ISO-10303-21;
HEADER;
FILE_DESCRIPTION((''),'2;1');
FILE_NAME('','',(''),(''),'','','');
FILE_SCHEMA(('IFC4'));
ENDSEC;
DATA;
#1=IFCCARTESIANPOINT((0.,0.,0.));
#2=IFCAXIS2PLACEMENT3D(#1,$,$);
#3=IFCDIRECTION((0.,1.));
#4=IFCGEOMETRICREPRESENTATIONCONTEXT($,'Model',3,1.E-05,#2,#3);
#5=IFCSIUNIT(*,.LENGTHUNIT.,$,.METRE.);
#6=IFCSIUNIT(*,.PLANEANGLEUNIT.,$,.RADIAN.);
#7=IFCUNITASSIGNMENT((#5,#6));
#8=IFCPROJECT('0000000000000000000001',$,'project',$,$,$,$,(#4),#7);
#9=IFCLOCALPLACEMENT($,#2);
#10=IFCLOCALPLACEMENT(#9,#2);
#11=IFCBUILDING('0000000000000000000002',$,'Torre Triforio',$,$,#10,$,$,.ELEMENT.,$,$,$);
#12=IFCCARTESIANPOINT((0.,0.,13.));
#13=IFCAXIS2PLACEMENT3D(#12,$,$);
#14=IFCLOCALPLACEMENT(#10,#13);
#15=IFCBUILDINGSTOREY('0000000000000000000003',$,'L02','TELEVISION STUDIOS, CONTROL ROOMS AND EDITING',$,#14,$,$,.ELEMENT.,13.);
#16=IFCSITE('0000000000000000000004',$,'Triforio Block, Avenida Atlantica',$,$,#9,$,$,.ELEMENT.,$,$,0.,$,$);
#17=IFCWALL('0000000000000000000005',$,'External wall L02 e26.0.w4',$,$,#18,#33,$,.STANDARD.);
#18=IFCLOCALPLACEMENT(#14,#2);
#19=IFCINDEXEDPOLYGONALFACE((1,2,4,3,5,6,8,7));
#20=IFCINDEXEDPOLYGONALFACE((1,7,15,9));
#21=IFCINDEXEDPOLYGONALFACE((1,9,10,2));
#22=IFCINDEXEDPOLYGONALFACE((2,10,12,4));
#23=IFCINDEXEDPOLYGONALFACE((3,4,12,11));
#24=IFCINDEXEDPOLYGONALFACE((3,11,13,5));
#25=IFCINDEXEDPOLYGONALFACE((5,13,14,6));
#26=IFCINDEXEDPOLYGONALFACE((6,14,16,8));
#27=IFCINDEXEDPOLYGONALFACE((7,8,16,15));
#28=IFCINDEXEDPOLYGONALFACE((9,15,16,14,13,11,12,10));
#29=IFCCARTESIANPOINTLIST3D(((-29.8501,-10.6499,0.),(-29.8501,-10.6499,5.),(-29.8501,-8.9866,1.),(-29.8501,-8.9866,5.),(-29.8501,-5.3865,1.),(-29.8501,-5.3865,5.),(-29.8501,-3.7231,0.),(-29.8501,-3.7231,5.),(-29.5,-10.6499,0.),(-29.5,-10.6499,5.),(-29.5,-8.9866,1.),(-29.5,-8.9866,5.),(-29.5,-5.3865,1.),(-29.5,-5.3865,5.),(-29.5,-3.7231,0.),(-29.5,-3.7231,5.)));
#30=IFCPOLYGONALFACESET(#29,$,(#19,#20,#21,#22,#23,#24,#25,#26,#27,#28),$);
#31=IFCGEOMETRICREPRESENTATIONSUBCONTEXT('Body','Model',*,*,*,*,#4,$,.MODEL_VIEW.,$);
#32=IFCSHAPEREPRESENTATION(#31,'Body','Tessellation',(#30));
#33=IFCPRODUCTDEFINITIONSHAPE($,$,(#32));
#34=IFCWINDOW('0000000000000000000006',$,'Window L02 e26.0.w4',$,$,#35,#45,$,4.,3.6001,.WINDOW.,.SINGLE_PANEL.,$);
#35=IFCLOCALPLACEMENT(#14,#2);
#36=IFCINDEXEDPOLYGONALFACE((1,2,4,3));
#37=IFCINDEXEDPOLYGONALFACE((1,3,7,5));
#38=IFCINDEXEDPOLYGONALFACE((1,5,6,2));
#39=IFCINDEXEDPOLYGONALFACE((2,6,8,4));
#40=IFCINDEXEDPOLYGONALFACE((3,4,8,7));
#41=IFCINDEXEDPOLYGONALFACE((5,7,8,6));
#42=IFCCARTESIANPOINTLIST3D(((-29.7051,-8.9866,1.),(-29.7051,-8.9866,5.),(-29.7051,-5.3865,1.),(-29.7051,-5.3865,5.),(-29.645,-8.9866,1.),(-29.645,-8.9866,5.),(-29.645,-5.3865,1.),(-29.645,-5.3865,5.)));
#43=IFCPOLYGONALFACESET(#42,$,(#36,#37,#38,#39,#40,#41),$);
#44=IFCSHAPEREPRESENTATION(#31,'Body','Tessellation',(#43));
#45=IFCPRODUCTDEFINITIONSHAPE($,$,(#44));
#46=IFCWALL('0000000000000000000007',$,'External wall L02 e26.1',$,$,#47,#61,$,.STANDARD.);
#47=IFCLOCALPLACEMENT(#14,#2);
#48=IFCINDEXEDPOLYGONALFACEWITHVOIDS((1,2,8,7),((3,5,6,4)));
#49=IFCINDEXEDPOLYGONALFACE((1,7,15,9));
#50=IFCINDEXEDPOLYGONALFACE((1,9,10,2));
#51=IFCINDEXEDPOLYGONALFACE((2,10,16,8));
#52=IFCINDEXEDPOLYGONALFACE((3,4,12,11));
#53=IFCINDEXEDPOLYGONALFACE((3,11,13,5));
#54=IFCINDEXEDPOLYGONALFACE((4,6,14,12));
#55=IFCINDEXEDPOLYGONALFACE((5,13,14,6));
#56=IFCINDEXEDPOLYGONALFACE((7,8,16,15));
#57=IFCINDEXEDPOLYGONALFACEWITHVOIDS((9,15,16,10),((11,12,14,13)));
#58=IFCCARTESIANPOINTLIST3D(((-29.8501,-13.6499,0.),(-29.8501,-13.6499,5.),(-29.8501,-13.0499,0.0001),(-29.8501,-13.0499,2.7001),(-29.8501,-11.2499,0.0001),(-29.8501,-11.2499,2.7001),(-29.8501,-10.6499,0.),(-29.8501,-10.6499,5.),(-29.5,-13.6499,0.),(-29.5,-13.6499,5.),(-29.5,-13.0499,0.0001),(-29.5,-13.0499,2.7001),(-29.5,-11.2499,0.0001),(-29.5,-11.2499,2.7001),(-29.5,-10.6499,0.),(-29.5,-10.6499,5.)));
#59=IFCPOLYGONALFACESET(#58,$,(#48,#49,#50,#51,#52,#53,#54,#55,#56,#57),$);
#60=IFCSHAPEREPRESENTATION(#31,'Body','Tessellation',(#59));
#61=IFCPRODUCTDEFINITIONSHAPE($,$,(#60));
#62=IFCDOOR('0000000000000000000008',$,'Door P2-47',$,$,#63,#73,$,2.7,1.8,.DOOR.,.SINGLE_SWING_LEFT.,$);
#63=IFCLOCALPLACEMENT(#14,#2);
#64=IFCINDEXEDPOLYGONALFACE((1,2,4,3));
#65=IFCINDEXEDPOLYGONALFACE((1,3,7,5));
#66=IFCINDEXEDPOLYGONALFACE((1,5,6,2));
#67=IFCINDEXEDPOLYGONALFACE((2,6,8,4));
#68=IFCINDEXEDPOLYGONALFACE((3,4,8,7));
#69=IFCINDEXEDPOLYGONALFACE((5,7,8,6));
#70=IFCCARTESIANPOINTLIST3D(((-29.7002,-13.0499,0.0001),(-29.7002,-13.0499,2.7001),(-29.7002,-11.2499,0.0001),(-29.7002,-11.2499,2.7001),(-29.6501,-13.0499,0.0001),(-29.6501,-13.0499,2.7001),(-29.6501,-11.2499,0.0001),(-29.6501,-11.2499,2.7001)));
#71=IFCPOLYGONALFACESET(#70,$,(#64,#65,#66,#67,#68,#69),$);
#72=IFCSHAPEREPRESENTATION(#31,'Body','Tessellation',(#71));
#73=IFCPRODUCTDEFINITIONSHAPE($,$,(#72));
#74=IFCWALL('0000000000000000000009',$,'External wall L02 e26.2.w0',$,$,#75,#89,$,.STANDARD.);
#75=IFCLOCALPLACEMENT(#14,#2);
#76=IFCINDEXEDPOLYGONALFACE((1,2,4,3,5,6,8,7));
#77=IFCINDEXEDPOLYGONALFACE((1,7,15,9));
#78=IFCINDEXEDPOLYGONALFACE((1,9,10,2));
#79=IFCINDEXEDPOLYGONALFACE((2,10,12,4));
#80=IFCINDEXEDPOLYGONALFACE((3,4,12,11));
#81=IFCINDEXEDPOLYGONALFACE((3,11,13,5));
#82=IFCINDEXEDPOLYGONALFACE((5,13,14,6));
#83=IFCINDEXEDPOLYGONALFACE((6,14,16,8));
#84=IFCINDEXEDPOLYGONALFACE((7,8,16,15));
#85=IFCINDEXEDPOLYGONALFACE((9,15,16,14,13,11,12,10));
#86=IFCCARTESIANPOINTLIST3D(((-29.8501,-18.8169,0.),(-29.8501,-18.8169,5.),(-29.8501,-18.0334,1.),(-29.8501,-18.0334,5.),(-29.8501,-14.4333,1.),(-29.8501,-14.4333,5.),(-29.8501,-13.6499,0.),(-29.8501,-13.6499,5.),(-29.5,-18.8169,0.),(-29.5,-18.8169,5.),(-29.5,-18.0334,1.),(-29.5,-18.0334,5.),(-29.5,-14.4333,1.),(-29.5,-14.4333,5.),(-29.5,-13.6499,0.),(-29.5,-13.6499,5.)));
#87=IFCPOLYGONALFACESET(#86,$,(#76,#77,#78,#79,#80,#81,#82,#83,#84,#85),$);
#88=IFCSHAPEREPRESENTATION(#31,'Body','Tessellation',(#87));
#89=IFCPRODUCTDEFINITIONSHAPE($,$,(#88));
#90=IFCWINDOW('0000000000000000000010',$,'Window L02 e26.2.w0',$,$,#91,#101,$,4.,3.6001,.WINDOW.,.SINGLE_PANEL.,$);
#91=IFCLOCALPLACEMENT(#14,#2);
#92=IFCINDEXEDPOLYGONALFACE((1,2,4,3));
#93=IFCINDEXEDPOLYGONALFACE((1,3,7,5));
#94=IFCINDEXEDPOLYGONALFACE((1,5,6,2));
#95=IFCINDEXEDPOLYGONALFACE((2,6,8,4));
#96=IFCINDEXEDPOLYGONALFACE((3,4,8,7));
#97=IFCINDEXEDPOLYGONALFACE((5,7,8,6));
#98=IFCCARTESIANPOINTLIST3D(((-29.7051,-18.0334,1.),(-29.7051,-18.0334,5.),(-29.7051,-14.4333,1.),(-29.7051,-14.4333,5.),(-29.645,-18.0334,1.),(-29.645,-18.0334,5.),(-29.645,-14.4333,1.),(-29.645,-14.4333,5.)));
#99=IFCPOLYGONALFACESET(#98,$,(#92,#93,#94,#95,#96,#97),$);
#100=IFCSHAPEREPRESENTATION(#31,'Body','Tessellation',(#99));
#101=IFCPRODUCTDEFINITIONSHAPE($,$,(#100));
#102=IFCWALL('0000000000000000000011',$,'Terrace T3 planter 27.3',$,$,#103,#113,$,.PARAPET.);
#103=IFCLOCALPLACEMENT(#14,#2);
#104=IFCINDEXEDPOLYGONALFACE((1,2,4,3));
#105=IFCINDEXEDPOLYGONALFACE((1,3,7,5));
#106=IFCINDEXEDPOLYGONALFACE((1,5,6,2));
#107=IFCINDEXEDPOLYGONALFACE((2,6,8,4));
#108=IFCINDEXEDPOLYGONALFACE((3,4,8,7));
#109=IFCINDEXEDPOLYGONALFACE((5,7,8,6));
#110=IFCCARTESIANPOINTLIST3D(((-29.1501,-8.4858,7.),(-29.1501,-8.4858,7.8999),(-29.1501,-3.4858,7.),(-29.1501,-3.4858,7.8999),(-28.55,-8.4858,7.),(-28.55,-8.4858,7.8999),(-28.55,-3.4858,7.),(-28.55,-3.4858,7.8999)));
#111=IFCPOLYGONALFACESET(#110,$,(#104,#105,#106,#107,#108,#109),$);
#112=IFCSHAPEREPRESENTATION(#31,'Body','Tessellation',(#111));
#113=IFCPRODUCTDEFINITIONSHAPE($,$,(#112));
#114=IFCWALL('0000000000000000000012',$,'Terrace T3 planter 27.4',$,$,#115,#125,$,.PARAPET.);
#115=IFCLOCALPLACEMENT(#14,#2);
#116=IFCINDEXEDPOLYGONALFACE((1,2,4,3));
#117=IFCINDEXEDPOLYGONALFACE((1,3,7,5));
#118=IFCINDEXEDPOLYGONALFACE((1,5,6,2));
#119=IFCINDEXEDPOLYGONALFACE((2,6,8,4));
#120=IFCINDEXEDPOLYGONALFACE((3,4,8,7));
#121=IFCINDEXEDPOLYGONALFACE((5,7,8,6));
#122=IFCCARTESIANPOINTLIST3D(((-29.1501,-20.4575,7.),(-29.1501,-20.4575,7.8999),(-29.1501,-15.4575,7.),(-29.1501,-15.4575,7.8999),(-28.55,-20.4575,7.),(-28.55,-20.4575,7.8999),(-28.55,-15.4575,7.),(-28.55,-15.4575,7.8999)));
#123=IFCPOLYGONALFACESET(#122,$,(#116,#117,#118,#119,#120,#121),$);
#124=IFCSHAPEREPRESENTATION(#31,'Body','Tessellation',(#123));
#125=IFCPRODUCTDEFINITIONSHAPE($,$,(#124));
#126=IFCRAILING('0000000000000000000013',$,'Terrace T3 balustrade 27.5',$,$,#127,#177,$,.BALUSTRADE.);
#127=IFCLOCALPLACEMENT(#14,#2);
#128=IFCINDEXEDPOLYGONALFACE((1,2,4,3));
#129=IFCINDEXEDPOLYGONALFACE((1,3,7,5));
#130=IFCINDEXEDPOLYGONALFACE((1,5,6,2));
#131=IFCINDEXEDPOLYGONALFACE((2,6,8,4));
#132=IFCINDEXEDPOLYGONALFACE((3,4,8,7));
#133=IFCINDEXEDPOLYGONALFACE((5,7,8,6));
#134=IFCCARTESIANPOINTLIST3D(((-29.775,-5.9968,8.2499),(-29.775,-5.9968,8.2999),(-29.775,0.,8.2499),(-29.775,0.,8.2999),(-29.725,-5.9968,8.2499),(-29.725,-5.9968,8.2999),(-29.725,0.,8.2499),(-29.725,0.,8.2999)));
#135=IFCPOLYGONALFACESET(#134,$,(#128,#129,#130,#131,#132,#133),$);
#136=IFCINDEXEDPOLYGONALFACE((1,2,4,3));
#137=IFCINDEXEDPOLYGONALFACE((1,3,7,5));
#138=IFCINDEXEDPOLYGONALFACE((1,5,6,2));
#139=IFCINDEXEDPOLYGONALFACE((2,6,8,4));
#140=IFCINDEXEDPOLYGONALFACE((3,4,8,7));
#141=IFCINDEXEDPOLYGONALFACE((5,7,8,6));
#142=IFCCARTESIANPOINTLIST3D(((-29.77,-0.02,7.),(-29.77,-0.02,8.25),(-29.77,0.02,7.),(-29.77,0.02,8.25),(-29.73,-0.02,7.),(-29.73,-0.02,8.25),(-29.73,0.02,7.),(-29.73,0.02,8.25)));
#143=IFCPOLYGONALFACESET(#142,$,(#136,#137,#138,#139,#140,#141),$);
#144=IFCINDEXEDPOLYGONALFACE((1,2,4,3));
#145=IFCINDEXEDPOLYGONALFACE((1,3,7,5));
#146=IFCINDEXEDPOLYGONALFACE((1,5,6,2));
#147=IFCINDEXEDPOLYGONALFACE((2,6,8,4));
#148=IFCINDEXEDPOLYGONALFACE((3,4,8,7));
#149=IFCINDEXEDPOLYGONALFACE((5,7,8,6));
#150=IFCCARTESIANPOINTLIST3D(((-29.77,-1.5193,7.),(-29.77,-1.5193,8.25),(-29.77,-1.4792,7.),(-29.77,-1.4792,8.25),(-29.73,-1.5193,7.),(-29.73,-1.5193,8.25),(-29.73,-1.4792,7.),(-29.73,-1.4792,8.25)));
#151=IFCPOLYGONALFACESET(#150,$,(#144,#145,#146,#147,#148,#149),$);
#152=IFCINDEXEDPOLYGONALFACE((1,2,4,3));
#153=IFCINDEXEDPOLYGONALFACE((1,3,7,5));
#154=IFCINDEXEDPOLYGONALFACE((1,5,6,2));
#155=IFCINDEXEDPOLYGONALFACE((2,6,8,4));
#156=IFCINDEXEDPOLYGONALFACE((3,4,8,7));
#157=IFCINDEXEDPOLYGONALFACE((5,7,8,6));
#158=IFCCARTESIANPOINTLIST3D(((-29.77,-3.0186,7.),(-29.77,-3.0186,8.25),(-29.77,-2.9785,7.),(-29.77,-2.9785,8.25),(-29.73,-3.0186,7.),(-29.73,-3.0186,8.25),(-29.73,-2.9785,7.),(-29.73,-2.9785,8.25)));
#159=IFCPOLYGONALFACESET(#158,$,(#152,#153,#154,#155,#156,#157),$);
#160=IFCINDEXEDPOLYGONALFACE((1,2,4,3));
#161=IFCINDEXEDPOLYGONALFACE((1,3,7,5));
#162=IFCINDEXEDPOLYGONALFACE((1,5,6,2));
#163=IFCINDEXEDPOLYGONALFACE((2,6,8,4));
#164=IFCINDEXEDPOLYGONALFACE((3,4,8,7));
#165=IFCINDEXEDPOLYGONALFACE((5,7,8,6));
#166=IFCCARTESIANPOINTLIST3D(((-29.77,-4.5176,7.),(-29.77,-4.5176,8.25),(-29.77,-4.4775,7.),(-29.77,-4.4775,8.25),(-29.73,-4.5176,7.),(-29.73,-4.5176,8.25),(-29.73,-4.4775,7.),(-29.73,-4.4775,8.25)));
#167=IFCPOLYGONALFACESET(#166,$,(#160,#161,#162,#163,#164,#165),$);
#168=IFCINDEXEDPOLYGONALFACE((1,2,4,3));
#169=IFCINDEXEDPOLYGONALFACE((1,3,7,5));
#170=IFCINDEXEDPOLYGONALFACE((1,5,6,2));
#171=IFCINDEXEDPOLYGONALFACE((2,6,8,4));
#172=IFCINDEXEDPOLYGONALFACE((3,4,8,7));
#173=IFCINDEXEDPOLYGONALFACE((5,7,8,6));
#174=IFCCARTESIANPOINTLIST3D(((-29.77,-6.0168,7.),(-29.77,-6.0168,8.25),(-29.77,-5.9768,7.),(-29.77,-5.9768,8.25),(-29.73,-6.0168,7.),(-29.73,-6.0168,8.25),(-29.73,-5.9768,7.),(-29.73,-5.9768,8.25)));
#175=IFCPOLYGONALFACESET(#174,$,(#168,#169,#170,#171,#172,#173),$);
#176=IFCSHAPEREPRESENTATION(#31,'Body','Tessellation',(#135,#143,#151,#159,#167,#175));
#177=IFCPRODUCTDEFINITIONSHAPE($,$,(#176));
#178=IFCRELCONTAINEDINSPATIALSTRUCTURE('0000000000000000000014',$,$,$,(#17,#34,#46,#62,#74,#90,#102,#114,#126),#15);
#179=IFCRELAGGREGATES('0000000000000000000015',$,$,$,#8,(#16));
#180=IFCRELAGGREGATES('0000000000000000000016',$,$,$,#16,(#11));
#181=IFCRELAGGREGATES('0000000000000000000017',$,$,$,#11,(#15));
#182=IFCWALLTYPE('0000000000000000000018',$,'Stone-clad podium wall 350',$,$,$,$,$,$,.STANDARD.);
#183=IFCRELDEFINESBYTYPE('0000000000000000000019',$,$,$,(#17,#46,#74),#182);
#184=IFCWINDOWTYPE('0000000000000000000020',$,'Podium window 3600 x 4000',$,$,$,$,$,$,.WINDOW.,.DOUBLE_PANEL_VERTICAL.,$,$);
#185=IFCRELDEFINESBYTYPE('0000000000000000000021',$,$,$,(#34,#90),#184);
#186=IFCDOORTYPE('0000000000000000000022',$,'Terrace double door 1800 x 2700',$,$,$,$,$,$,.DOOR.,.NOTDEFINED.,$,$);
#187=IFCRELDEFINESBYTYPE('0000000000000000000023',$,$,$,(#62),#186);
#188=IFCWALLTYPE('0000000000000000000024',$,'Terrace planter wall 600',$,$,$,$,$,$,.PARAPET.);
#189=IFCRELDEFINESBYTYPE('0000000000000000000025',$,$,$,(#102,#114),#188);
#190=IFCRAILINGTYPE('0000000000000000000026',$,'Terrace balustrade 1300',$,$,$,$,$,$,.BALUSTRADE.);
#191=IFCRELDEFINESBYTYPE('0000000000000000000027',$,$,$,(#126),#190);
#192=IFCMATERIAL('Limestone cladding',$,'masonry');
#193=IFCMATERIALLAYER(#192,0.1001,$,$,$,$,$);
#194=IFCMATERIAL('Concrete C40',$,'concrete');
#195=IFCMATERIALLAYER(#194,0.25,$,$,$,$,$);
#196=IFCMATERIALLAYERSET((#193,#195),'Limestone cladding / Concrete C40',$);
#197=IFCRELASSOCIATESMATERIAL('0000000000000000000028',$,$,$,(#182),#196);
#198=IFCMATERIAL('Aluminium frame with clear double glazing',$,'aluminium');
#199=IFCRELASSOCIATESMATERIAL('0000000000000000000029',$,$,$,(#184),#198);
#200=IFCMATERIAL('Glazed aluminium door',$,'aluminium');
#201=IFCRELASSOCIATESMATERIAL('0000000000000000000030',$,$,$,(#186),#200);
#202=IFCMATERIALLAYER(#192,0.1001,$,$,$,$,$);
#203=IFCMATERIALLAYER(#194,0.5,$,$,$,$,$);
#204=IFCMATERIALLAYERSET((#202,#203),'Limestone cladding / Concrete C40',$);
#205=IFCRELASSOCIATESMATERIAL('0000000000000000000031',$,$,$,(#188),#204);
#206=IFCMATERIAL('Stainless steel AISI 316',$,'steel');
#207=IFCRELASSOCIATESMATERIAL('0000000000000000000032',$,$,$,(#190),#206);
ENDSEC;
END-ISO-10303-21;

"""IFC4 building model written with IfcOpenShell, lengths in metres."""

from ifc_helpers import new_model, si_unit, direction, frame, frame_2d, origin, origin_2d, place, context, subcontext, project, spatial, rectangle, extrude, material, layer, layer_set, type_object, element, fill, save


model = new_model("IFC4")

# Units and contexts
model_context = context("Model", 3, precision=1e-05, world=origin(), true_north=direction((0.0, 1.0)))
body_context = subcontext(model_context, "Body", "Model", "MODEL_VIEW")
ifc_project = project(units=[si_unit("LENGTHUNIT", "METRE"), si_unit("PLANEANGLEUNIT", "RADIAN")], contexts=[model_context])

# Site, building, storey
site_placement = place(None, origin())
site = spatial("IfcSite", under=ifc_project, at=site_placement, Name="Triforio Block, Avenida Atlantica", CompositionType="ELEMENT", RefElevation=0.0)
building_placement = place(site_placement, origin())
building = spatial("IfcBuilding", under=site, at=building_placement, Name="Torre Triforio", CompositionType="ELEMENT")
storey_placement = place(building_placement, frame((0.0, 0.0, 13.0)))
storey = spatial("IfcBuildingStorey", under=building, at=storey_placement, Name="L02", Description="TELEVISION STUDIOS, CONTROL ROOMS AND EDITING", CompositionType="ELEMENT", Elevation=13.0)

# Wall, opening, window
ifc_material_1 = material(Name="Limestone cladding", Category="masonry")
ifc_layer_1 = layer(ifc_material_1, 0.1001)
ifc_material_2 = material(Name="Concrete C40", Category="concrete")
ifc_layer_2 = layer(ifc_material_2, 0.25)
ifc_layer_set_1 = layer_set([ifc_layer_1, ifc_layer_2], Name="Limestone cladding / Concrete C40")
wall_type_1 = type_object("IfcWallType", Name="Stone-clad podium wall 350", PredefinedType="STANDARD", material=ifc_layer_set_1)
wall_1_placement = place(storey_placement, frame((-29.675, -3.7231, 0.0), z_axis=(0.0, 0.0, 1.0), x_axis=(0.0, -1.0, 0.0)))
wall_1 = element("IfcWall", 1, at=wall_1_placement, inside=storey, type_object=wall_type_1, Name="External wall L02 e26.0.w4", PredefinedType="STANDARD", context=body_context, shape_type="SweptSolid", body=[
    extrude(rectangle(XDim=6.9268, YDim=0.3501, at=frame_2d((3.4634, 0.0))), origin(), (0.0, 0.0, 1.0), 5.0),
])
opening_1_placement = place(wall_1_placement, frame((1.6633, 0.0, 1.0)))
opening_1 = element("IfcOpeningElement", 2, at=opening_1_placement, cuts=wall_1, PredefinedType="OPENING", context=body_context, shape_type="SweptSolid", body=[
    extrude(rectangle(XDim=3.6001, YDim=4.0, at=frame_2d((1.8, 2.0))), frame((0.0, 0.1851, 0.0), z_axis=(0.0, -1.0, 0.0), x_axis=(1.0, 0.0, 0.0)), (0.0, 0.0, 1.0), 0.3701),
])
ifc_material_3 = material(Name="Aluminium frame with clear double glazing", Category="aluminium")
window_type = type_object("IfcWindowType", Name="Podium window 3600 x 4000", PartitioningType="DOUBLE_PANEL_VERTICAL", PredefinedType="WINDOW", material=ifc_material_3)
window_1_placement = place(opening_1_placement, origin())
window_1 = element("IfcWindow", 3, at=window_1_placement, inside=storey, type_object=window_type, Name="Window L02 e26.0.w4", OverallHeight=4.0, OverallWidth=3.6001, PartitioningType="SINGLE_PANEL", PredefinedType="WINDOW", context=body_context, shape_type="SweptSolid", body=[
    extrude(rectangle(XDim=3.6001, YDim=4.0, at=frame_2d((1.8, 2.0))), frame((0.0, 0.03, 0.0), z_axis=(0.0, -1.0, 0.0), x_axis=(1.0, 0.0, 0.0)), (0.0, 0.0, 1.0), 0.0601),
])
fill(opening_1, window_1)

# Wall, opening, door
wall_2_placement = place(storey_placement, frame((-29.675, -10.6499, 0.0), z_axis=(0.0, 0.0, 1.0), x_axis=(0.0, -1.0, 0.0)))
wall_2 = element("IfcWall", 4, at=wall_2_placement, inside=storey, type_object=wall_type_1, Name="External wall L02 e26.1", PredefinedType="STANDARD", context=body_context, shape_type="SweptSolid", body=[
    extrude(rectangle(XDim=3.0, YDim=0.3501, at=frame_2d((1.5, 0.0))), origin(), (0.0, 0.0, 1.0), 5.0),
])
opening_2_placement = place(wall_2_placement, frame((0.6001, 0.0, 0.0)))
opening_2 = element("IfcOpeningElement", 5, at=opening_2_placement, cuts=wall_2, PredefinedType="OPENING", context=body_context, shape_type="SweptSolid", body=[
    extrude(rectangle(XDim=1.8, YDim=2.7, at=frame_2d((0.8999, 1.3501))), frame((0.0, 0.1851, 0.0), z_axis=(0.0, -1.0, 0.0), x_axis=(1.0, 0.0, 0.0)), (0.0, 0.0, 1.0), 0.3701),
])
ifc_material_4 = material(Name="Glazed aluminium door", Category="aluminium")
door_type_1 = type_object("IfcDoorType", Name="Terrace double door 1800 x 2700", OperationType="NOTDEFINED", PredefinedType="DOOR", material=ifc_material_4)
door_1_placement = place(opening_2_placement, origin())
door_1 = element("IfcDoor", 6, at=door_1_placement, inside=storey, type_object=door_type_1, Name="Door P2-47", OperationType="SINGLE_SWING_LEFT", OverallHeight=2.7, OverallWidth=1.8, PredefinedType="DOOR", context=body_context, shape_type="SweptSolid", body=[
    extrude(rectangle(XDim=1.8, YDim=2.7, at=frame_2d((0.8999, 1.3501))), frame((0.0, 0.0249, 0.0), z_axis=(0.0, -1.0, 0.0), x_axis=(1.0, 0.0, 0.0)), (0.0, 0.0, 1.0), 0.05),
])
fill(opening_2, door_1)

# Wall, opening, window
wall_3_placement = place(storey_placement, frame((-29.675, -13.6499, 0.0), z_axis=(0.0, 0.0, 1.0), x_axis=(0.0, -1.0, 0.0)))
wall_3 = element("IfcWall", 7, at=wall_3_placement, inside=storey, type_object=wall_type_1, Name="External wall L02 e26.2.w0", PredefinedType="STANDARD", context=body_context, shape_type="SweptSolid", body=[
    extrude(rectangle(XDim=5.167, YDim=0.3501, at=frame_2d((2.5835, 0.0))), origin(), (0.0, 0.0, 1.0), 5.0),
])
opening_3_placement = place(wall_3_placement, frame((0.7834, 0.0, 1.0)))
opening_3 = element("IfcOpeningElement", 8, at=opening_3_placement, cuts=wall_3, PredefinedType="OPENING", context=body_context, shape_type="SweptSolid", body=[
    extrude(rectangle(XDim=3.6001, YDim=4.0, at=frame_2d((1.8, 2.0))), frame((0.0, 0.1851, 0.0), z_axis=(0.0, -1.0, 0.0), x_axis=(1.0, 0.0, 0.0)), (0.0, 0.0, 1.0), 0.3701),
])
window_2_placement = place(opening_3_placement, origin())
window_2 = element("IfcWindow", 9, at=window_2_placement, inside=storey, type_object=window_type, Name="Window L02 e26.2.w0", OverallHeight=4.0, OverallWidth=3.6001, PartitioningType="SINGLE_PANEL", PredefinedType="WINDOW", context=body_context, shape_type="SweptSolid", body=[
    extrude(rectangle(XDim=3.6001, YDim=4.0, at=frame_2d((1.8, 2.0))), frame((0.0, 0.03, 0.0), z_axis=(0.0, -1.0, 0.0), x_axis=(1.0, 0.0, 0.0)), (0.0, 0.0, 1.0), 0.0601),
])
fill(opening_3, window_2)

# Walls
ifc_layer_3 = layer(ifc_material_1, 0.1001)
ifc_layer_4 = layer(ifc_material_2, 0.5)
ifc_layer_set_2 = layer_set([ifc_layer_3, ifc_layer_4], Name="Limestone cladding / Concrete C40")
wall_type_2 = type_object("IfcWallType", Name="Terrace planter wall 600", PredefinedType="PARAPET", material=ifc_layer_set_2)
for number, where, z_axis, x_axis, name in (
    (10, (-28.8501, -3.4858, 7.0), (0.0, 0.0, 1.0), (0.0, -1.0, 0.0), "Terrace T3 planter 27.3"),
    (11, (-28.8501, -15.4575, 7.0), (0.0, 0.0, 1.0), (0.0, -1.0, 0.0), "Terrace T3 planter 27.4"),
):
    element("IfcWall", number, at=place(storey_placement, frame(where, z_axis=z_axis, x_axis=x_axis)), inside=storey, type_object=wall_type_2, Name=name, PredefinedType="PARAPET", context=body_context, shape_type="SweptSolid", body=[
        extrude(rectangle(XDim=5.0, YDim=0.6001, at=frame_2d((2.5, 0.0))), origin(), (0.0, 0.0, 1.0), 0.8999),
    ])

# Railing
ifc_material_5 = material(Name="Stainless steel AISI 316", Category="steel")
railing_type = type_object("IfcRailingType", Name="Terrace balustrade 1300", PredefinedType="BALUSTRADE", material=ifc_material_5)
railing_1_placement = place(storey_placement, frame((-29.75, 0.0, 7.0)))
element("IfcRailing", 12, at=railing_1_placement, inside=storey, type_object=railing_type, Name="Terrace T3 balustrade 27.5", PredefinedType="BALUSTRADE", context=body_context, shape_type="SweptSolid", body=[
    extrude(rectangle(XDim=0.05, YDim=0.05, at=origin_2d()), frame((0.0, 0.0, 1.2749), z_axis=(0.0, -1.0, 0.0), x_axis=(1.0, 0.0, 0.0)), (0.0, 0.0, 1.0), 5.9968),
    extrude(rectangle(XDim=0.04, YDim=0.04, at=origin_2d()), origin(), (0.0, 0.0, 1.0), 1.25),
    extrude(rectangle(XDim=0.04, YDim=0.04, at=origin_2d()), frame((0.0, -1.4993, 0.0)), (0.0, 0.0, 1.0), 1.25),
    extrude(rectangle(XDim=0.04, YDim=0.04, at=origin_2d()), frame((0.0, -2.9985, 0.0)), (0.0, 0.0, 1.0), 1.25),
    extrude(rectangle(XDim=0.04, YDim=0.04, at=origin_2d()), frame((0.0, -4.4976, 0.0)), (0.0, 0.0, 1.0), 1.25),
    extrude(rectangle(XDim=0.04, YDim=0.04, at=origin_2d()), frame((0.0, -5.9968, 0.0)), (0.0, 0.0, 1.0), 1.25),
])

save(model, "model.ifc")
